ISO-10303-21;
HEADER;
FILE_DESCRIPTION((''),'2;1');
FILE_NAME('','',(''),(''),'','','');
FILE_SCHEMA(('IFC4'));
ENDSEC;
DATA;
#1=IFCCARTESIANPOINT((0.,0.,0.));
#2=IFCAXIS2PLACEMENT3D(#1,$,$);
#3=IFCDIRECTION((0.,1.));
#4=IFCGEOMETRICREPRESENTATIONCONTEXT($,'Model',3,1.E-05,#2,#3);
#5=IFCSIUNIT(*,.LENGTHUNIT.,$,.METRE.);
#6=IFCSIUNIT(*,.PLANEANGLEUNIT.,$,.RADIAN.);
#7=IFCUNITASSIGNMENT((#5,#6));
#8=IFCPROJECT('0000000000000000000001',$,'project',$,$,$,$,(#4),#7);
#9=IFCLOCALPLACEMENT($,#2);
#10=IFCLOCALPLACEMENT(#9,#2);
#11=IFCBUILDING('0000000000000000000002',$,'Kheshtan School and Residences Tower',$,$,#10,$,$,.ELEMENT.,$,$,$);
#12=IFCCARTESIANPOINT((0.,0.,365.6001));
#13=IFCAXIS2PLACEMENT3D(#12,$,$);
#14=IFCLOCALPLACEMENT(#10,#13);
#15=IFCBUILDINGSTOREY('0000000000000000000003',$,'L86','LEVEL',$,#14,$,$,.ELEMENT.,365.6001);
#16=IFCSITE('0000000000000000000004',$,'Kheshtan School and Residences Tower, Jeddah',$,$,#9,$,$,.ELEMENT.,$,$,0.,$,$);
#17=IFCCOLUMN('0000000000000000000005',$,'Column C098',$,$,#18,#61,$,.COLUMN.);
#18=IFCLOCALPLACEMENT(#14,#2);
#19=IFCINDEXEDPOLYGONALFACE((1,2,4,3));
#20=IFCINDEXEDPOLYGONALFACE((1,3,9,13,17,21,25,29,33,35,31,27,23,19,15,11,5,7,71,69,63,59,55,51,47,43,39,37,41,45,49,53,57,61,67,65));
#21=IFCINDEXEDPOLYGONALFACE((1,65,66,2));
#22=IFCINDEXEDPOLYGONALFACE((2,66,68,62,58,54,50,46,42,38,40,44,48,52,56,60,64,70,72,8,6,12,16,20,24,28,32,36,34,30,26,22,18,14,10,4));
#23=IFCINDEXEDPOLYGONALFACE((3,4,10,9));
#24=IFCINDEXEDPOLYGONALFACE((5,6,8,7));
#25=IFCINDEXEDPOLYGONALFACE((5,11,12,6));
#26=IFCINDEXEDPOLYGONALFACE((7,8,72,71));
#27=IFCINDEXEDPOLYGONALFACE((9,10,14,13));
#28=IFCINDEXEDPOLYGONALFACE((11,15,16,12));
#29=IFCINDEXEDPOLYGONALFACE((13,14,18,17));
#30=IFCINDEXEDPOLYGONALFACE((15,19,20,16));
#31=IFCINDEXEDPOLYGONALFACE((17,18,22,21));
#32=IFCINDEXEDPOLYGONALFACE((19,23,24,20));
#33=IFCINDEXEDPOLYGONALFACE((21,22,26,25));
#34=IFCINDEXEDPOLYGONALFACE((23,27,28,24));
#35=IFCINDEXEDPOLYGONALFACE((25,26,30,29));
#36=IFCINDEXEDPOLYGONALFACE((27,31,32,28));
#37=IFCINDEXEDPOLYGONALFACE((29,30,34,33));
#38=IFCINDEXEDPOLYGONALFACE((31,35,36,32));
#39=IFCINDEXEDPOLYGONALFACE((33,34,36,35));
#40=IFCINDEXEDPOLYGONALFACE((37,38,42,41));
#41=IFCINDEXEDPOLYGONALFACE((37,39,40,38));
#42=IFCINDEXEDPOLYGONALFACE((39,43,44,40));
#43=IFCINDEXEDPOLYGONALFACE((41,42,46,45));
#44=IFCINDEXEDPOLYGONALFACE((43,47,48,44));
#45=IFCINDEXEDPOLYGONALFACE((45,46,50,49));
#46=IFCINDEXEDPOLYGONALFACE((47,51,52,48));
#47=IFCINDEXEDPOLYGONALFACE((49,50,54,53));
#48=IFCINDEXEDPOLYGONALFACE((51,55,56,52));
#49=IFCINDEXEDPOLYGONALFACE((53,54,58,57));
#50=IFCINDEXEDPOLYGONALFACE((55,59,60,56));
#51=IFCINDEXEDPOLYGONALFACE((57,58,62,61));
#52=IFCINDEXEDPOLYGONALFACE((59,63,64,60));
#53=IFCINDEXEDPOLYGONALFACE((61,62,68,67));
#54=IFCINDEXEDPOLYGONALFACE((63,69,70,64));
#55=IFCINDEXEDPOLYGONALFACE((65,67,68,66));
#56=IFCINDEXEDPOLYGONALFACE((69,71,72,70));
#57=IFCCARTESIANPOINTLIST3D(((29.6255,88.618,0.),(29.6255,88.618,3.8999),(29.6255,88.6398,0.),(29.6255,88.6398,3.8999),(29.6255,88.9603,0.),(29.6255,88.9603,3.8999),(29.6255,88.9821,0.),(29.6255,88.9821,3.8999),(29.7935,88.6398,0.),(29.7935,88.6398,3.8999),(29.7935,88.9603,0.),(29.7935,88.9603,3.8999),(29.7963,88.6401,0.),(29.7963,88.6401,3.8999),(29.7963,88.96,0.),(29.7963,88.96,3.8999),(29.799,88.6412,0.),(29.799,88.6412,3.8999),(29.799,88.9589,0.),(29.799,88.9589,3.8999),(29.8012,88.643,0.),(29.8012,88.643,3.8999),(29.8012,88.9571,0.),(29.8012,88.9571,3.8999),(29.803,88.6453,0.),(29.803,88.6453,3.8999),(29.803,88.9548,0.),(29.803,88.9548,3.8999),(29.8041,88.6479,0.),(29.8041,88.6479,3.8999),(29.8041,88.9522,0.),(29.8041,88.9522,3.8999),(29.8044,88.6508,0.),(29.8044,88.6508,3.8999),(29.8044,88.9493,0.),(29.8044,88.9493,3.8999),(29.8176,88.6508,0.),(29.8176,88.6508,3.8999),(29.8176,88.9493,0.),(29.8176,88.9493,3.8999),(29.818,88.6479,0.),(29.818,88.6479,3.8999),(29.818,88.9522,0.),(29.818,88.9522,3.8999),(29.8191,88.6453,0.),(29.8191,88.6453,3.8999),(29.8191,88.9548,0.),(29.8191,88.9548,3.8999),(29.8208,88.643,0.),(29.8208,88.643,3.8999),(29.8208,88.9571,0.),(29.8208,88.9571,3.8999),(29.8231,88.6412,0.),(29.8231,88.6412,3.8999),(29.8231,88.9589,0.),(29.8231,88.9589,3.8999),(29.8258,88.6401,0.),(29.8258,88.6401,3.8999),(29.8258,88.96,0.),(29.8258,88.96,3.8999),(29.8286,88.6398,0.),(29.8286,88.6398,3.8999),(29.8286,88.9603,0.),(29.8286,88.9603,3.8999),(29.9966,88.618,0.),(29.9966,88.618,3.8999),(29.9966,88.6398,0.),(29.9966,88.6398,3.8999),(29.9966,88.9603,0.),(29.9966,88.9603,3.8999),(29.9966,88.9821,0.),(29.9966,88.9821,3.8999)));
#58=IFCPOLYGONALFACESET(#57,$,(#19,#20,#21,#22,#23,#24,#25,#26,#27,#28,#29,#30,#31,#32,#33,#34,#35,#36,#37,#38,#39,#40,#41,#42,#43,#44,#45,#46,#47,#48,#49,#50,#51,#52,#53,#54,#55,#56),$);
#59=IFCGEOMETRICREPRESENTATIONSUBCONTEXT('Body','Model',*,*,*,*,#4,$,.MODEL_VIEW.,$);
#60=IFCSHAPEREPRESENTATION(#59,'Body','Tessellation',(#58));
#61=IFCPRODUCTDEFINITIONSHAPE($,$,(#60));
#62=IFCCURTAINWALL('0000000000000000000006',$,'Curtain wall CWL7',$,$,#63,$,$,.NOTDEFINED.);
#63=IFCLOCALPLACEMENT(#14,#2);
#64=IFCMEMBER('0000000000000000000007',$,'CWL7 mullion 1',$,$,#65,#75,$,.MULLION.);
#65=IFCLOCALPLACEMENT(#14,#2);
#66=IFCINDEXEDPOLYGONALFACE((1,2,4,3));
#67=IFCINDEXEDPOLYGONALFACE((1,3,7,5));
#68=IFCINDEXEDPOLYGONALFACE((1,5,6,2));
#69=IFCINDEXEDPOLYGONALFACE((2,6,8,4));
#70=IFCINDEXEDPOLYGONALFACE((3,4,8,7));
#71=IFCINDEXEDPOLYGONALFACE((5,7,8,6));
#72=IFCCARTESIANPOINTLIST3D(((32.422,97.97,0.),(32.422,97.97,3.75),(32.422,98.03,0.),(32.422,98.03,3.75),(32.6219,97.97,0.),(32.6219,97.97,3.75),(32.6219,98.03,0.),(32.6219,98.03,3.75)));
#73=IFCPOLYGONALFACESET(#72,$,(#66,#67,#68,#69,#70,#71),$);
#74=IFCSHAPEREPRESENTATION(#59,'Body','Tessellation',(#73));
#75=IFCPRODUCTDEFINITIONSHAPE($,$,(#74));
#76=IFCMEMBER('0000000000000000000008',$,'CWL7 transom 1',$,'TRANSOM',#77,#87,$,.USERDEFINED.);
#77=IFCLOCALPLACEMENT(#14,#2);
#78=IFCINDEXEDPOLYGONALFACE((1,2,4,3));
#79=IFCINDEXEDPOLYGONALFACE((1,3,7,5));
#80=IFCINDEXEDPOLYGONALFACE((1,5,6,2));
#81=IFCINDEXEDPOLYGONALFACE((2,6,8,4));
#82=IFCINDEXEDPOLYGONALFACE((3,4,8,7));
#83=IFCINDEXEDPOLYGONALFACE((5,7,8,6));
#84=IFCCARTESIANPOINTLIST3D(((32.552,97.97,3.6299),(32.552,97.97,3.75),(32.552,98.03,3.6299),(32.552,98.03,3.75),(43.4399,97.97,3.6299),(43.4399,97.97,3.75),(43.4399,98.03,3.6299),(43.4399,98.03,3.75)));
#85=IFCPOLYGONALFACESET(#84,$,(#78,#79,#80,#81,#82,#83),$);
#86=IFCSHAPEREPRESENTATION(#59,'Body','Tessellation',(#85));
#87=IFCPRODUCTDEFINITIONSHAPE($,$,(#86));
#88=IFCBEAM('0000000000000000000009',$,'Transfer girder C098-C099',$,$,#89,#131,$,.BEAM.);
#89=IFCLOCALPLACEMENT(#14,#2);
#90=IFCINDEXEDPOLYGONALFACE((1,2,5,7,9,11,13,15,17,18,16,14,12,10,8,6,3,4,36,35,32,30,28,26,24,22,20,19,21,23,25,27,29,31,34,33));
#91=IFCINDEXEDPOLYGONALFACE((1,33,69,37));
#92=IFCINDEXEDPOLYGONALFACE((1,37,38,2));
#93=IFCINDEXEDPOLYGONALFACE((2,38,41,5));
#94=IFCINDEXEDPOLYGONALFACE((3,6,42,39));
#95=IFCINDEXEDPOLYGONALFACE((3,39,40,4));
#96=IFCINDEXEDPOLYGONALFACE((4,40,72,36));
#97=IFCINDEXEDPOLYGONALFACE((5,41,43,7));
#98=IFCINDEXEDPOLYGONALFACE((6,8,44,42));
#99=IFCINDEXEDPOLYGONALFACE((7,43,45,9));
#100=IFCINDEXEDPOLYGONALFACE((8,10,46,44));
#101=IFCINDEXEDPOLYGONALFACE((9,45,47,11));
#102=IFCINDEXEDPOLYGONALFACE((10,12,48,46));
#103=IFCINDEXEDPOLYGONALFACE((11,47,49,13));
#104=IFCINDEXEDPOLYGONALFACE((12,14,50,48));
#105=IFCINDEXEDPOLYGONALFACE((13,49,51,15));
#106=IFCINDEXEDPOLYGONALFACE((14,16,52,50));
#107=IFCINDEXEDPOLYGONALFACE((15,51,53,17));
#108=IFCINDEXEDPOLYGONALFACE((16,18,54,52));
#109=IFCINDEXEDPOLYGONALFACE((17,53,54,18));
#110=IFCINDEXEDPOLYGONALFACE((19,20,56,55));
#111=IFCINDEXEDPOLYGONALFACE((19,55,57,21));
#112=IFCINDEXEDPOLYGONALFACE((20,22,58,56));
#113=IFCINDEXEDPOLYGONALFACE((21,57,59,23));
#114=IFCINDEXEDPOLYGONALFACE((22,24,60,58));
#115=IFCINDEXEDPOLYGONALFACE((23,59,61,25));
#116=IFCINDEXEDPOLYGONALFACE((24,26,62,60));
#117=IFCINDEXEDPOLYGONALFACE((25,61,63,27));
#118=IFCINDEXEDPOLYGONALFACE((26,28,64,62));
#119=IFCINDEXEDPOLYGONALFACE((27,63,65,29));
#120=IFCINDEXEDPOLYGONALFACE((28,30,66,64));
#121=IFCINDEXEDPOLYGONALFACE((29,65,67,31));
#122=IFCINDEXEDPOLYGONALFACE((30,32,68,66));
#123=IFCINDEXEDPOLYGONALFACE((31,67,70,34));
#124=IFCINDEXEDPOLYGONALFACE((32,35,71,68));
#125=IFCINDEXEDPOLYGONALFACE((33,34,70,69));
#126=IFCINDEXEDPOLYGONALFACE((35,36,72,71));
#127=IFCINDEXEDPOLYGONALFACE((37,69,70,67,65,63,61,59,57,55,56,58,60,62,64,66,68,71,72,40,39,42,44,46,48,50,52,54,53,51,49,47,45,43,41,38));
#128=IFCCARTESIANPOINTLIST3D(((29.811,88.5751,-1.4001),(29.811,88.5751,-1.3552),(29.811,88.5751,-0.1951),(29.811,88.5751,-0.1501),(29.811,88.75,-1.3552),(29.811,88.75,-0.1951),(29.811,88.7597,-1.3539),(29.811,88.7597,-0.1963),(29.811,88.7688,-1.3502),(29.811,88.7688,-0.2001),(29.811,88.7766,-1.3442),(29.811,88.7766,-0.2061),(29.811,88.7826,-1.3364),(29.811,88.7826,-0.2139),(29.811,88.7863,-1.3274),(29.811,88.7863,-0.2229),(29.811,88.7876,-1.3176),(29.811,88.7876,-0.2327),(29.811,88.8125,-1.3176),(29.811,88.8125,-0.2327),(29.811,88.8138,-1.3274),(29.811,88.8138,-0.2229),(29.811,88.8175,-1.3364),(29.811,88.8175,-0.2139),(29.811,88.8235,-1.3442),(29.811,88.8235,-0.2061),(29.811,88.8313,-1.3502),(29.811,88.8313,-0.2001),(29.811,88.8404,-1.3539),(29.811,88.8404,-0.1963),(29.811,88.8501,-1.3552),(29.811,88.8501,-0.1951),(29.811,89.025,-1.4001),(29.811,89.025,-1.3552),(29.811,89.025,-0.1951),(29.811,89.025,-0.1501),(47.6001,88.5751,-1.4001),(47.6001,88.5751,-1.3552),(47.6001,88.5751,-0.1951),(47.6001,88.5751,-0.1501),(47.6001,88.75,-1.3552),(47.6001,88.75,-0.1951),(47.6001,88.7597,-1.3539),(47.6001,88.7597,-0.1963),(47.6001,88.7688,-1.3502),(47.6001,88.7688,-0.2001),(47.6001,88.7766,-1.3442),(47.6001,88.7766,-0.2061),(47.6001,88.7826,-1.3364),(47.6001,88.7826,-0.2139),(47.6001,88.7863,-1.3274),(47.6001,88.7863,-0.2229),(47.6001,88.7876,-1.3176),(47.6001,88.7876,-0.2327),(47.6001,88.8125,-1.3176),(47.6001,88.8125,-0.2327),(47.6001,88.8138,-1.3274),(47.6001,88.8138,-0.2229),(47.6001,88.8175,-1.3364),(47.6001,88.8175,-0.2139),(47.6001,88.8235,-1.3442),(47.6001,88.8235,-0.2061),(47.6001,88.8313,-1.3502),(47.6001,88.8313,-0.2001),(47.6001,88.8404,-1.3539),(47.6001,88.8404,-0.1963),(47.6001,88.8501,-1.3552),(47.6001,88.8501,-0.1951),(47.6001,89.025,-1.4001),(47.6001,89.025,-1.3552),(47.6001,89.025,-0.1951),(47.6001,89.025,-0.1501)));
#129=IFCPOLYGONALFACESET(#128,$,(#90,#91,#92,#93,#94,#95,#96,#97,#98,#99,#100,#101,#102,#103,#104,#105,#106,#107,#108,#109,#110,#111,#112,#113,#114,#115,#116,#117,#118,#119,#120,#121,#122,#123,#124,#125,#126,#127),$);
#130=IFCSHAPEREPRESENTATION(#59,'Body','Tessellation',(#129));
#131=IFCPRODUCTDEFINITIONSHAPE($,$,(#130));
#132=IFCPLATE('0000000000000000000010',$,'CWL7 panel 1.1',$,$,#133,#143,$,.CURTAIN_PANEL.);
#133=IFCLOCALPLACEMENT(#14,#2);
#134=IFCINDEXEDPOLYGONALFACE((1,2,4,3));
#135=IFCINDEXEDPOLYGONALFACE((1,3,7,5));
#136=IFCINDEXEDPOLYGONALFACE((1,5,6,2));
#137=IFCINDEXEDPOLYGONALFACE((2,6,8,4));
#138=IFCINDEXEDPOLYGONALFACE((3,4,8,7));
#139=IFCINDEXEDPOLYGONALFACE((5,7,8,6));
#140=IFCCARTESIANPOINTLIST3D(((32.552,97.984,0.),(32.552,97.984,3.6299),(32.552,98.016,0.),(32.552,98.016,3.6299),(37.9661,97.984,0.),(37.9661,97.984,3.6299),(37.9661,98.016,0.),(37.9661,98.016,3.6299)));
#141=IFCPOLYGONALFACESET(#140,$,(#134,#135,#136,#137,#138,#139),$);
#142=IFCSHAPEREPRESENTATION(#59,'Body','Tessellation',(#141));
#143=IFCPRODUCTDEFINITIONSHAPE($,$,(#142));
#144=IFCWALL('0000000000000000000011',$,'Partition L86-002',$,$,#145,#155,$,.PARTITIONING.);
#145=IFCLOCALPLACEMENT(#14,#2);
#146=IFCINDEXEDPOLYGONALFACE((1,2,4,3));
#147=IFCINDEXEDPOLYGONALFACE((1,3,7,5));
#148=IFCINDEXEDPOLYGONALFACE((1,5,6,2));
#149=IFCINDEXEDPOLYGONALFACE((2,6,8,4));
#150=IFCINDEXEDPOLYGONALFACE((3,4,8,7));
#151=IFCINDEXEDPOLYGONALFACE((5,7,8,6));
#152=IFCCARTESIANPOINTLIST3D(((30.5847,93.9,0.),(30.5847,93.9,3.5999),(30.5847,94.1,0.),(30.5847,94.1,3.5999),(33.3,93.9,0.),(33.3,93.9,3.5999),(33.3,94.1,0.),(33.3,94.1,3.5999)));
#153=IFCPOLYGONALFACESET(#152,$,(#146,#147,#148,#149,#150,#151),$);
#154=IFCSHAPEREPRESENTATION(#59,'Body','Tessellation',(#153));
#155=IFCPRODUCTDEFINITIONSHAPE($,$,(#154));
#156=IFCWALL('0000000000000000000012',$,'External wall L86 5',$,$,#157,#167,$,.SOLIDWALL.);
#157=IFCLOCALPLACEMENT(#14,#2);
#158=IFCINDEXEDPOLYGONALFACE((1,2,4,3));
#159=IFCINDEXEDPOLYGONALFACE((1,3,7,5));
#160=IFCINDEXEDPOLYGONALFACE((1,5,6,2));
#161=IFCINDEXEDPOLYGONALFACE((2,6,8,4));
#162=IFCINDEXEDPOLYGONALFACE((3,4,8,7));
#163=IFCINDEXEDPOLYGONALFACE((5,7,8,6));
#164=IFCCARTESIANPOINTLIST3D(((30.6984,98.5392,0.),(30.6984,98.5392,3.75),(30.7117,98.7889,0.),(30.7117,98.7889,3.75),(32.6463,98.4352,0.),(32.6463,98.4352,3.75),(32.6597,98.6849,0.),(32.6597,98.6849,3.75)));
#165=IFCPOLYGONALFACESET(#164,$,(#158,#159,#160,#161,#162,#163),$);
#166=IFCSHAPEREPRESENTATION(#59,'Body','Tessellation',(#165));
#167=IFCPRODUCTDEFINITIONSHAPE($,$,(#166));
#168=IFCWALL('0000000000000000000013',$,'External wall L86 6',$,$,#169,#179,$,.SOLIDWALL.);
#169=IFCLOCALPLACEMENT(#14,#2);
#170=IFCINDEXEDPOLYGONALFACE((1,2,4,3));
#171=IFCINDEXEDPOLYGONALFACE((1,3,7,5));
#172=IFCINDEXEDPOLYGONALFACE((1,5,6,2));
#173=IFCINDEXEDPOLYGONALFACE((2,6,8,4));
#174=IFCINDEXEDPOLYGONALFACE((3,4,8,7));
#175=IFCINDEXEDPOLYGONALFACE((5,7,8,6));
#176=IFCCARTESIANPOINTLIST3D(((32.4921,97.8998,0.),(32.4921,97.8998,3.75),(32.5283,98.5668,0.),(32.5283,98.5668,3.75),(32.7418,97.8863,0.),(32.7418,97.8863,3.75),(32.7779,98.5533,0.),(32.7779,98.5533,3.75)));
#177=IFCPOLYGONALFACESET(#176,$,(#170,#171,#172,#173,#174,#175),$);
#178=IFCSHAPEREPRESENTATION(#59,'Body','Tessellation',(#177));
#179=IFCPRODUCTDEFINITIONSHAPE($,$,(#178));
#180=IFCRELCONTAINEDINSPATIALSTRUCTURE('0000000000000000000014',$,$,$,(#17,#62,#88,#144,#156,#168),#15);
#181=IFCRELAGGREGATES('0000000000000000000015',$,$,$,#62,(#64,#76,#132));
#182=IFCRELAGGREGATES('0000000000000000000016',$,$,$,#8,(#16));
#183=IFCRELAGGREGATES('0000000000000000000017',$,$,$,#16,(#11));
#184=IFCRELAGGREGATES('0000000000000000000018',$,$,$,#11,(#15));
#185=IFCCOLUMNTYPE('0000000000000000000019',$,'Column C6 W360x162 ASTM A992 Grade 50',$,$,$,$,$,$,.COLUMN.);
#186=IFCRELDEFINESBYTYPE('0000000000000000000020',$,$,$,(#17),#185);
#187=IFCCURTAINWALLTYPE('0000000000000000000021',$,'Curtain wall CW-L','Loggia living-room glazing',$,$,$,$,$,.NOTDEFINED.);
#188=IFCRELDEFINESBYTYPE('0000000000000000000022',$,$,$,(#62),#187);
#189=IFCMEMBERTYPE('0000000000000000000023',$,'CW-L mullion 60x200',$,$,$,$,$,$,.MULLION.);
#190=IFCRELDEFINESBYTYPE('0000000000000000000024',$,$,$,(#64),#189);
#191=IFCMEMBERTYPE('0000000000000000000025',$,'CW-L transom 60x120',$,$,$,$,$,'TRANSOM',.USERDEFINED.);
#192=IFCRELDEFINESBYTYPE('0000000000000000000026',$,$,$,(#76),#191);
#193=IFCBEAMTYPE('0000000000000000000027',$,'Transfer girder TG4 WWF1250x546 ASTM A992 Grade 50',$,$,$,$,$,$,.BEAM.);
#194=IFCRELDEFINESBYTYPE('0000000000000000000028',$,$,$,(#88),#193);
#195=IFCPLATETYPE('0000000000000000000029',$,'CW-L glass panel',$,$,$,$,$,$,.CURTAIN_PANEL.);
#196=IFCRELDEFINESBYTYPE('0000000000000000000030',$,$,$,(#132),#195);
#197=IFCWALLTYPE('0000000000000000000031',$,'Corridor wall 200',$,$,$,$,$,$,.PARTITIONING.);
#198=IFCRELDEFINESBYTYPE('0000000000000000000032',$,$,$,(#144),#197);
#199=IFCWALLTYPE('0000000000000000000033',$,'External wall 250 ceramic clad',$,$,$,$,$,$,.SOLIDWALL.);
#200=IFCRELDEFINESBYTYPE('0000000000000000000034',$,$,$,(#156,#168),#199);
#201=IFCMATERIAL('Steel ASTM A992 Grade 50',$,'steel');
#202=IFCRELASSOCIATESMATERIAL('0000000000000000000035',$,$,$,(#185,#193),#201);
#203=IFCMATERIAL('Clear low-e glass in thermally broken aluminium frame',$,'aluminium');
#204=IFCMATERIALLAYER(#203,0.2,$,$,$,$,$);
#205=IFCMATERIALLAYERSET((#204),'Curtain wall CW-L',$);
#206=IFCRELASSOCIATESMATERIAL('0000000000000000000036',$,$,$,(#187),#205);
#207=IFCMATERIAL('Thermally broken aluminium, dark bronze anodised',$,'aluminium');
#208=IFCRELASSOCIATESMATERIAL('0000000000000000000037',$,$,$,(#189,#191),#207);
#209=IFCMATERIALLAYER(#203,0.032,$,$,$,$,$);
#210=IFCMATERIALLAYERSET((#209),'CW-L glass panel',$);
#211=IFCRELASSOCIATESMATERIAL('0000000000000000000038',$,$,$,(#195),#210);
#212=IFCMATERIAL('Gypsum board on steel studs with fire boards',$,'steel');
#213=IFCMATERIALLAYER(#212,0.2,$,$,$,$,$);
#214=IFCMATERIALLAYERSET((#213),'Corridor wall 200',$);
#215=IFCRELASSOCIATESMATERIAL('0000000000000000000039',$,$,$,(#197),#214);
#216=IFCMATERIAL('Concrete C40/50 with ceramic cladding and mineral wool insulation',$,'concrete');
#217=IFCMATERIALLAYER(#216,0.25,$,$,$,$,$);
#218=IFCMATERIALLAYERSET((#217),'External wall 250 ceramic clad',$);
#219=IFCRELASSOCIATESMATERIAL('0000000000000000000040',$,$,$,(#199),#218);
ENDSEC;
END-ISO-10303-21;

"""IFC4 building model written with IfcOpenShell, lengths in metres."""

from ifc_helpers import new_model, si_unit, direction, frame, frame_2d, origin, origin_2d, place, context, subcontext, project, spatial, rectangle, i_section, extrude, material, layer, layer_set, material_profile, profile_set, type_object, element, aggregate, save


model = new_model("IFC4")

# Units and contexts
model_context = context("Model", 3, precision=1e-05, world=origin(), true_north=direction((0.0, 1.0)))
body_context = subcontext(model_context, "Body", "Model", "MODEL_VIEW")
ifc_project = project(units=[si_unit("LENGTHUNIT", "METRE"), si_unit("PLANEANGLEUNIT", "RADIAN")], contexts=[model_context])

# Site, building, storey
site_placement = place(None, origin())
site = spatial("IfcSite", under=ifc_project, at=site_placement, Name="Kheshtan School and Residences Tower, Jeddah", CompositionType="ELEMENT", RefElevation=0.0)
building_placement = place(site_placement, origin())
building = spatial("IfcBuilding", under=site, at=building_placement, Name="Kheshtan School and Residences Tower", CompositionType="ELEMENT")
storey_placement = place(building_placement, frame((0.0, 0.0, 365.6001)))
storey = spatial("IfcBuildingStorey", under=building, at=storey_placement, Name="L86", Description="LEVEL", CompositionType="ELEMENT", Elevation=365.6001)

# Column
ifc_material_1 = material(Name="Steel ASTM A992 Grade 50", Category="steel")
ifc_material_profile_1 = material_profile(ifc_material_1, i_section(OverallWidth=0.3711, OverallDepth=0.364, WebThickness=0.0132, FlangeThickness=0.0217, FilletRadius=0.011, at=origin_2d()), Name="W360x162")
ifc_profile_set_1 = profile_set([ifc_material_profile_1], Name="Steel ASTM A992 Grade 50")
column_type = type_object("IfcColumnType", Name="Column C6 W360x162 ASTM A992 Grade 50", PredefinedType="COLUMN", material=ifc_profile_set_1)
column_placement = place(storey_placement, frame((29.811, 88.8, 0.0), z_axis=(0.0, 0.0, 1.0), x_axis=(1.0, 0.0, 0.0)))
element("IfcColumn", 1, at=column_placement, inside=storey, type_object=column_type, Name="Column C098", PredefinedType="COLUMN", context=body_context, shape_type="SweptSolid", body=[
    extrude(i_section(OverallWidth=0.3711, OverallDepth=0.364, WebThickness=0.0132, FlangeThickness=0.0217, FilletRadius=0.011, at=origin_2d()), origin(), (0.0, 0.0, 1.0), 3.8999),
])

# Curtain wall, members
ifc_material_2 = material(Name="Clear low-e glass in thermally broken aluminium frame", Category="aluminium")
ifc_layer_1 = layer(ifc_material_2, 0.2)
ifc_layer_set_1 = layer_set([ifc_layer_1], Name="Curtain wall CW-L")
curtain_wall_type = type_object("IfcCurtainWallType", Name="Curtain wall CW-L", Description="Loggia living-room glazing", PredefinedType="NOTDEFINED", material=ifc_layer_set_1)
curtain_wall_placement = place(storey_placement, origin())
curtain_wall = element("IfcCurtainWall", 2, at=curtain_wall_placement, inside=storey, type_object=curtain_wall_type, Name="Curtain wall CWL7", PredefinedType="NOTDEFINED")
ifc_material_3 = material(Name="Thermally broken aluminium, dark bronze anodised", Category="aluminium")
ifc_material_profile_2 = material_profile(ifc_material_3, rectangle(XDim=0.0601, YDim=0.2, at=origin_2d()), Name="CW-L mullion 60x200")
ifc_profile_set_2 = profile_set([ifc_material_profile_2], Name="Thermally broken aluminium, dark bronze anodised")
member_type_1 = type_object("IfcMemberType", Name="CW-L mullion 60x200", PredefinedType="MULLION", material=ifc_profile_set_2)
member_1_placement = place(storey_placement, frame((32.522, 98.0, 0.0), z_axis=(0.0, 0.0, 1.0), x_axis=(0.0, 1.0, 0.0)))
member_1 = element("IfcMember", 3, at=member_1_placement, type_object=member_type_1, Name="CWL7 mullion 1", PredefinedType="MULLION", context=body_context, shape_type="SweptSolid", body=[
    extrude(rectangle(XDim=0.0601, YDim=0.2, at=origin_2d()), origin(), (0.0, 0.0, 1.0), 3.75),
])
ifc_material_profile_3 = material_profile(ifc_material_3, rectangle(XDim=0.0601, YDim=0.1201, at=origin_2d()), Name="CW-L transom 60x120")
ifc_profile_set_3 = profile_set([ifc_material_profile_3], Name="Thermally broken aluminium, dark bronze anodised")
member_type_2 = type_object("IfcMemberType", Name="CW-L transom 60x120", ElementType="TRANSOM", PredefinedType="USERDEFINED", material=ifc_profile_set_3)
member_2_placement = place(storey_placement, frame((32.552, 98.0, 3.6899), z_axis=(1.0, 0.0, 0.0), x_axis=(0.0, 1.0, 0.0)))
member_2 = element("IfcMember", 4, at=member_2_placement, type_object=member_type_2, Name="CWL7 transom 1", ObjectType="TRANSOM", PredefinedType="USERDEFINED", context=body_context, shape_type="SweptSolid", body=[
    extrude(rectangle(XDim=0.0601, YDim=0.1201, at=origin_2d()), origin(), (0.0, 0.0, 1.0), 10.8879),
])

# Beam
ifc_material_profile_4 = material_profile(ifc_material_1, i_section(OverallWidth=0.45, OverallDepth=1.25, WebThickness=0.0249, FlangeThickness=0.0449, FilletRadius=0.0376, at=origin_2d()), Name="WWF1250x546")
ifc_profile_set_4 = profile_set([ifc_material_profile_4], Name="Steel ASTM A992 Grade 50")
beam_type = type_object("IfcBeamType", Name="Transfer girder TG4 WWF1250x546 ASTM A992 Grade 50", PredefinedType="BEAM", material=ifc_profile_set_4)
beam_placement = place(storey_placement, frame((29.811, 88.8, -0.7751), z_axis=(1.0, 0.0, 0.0), x_axis=(0.0, 1.0, 0.0)))
element("IfcBeam", 5, at=beam_placement, inside=storey, type_object=beam_type, Name="Transfer girder C098-C099", PredefinedType="BEAM", context=body_context, shape_type="SweptSolid", body=[
    extrude(i_section(OverallWidth=0.45, OverallDepth=1.25, WebThickness=0.0249, FlangeThickness=0.0449, FilletRadius=0.0376, at=origin_2d()), origin(), (0.0, 0.0, 1.0), 17.7891),
])

# Plate
ifc_layer_2 = layer(ifc_material_2, 0.032)
ifc_layer_set_2 = layer_set([ifc_layer_2], Name="CW-L glass panel")
plate_type = type_object("IfcPlateType", Name="CW-L glass panel", PredefinedType="CURTAIN_PANEL", material=ifc_layer_set_2)
plate_placement = place(storey_placement, frame((35.259, 98.0, 0.0), z_axis=(0.0, 0.0, 1.0), x_axis=(1.0, 0.0, 0.0)))
plate = element("IfcPlate", 6, at=plate_placement, type_object=plate_type, Name="CWL7 panel 1.1", PredefinedType="CURTAIN_PANEL", context=body_context, shape_type="SweptSolid", body=[
    extrude(rectangle(XDim=5.4141, YDim=0.032, at=origin_2d()), origin(), (0.0, 0.0, 1.0), 3.6299),
])
aggregate(curtain_wall, [member_1, member_2, plate])

# Walls
ifc_material_4 = material(Name="Gypsum board on steel studs with fire boards", Category="steel")
ifc_layer_3 = layer(ifc_material_4, 0.2)
ifc_layer_set_3 = layer_set([ifc_layer_3], Name="Corridor wall 200")
wall_type_1 = type_object("IfcWallType", Name="Corridor wall 200", PredefinedType="PARTITIONING", material=ifc_layer_set_3)
wall_1_placement = place(storey_placement, frame((30.5847, 94.0, 0.0), z_axis=(0.0, 0.0, 1.0), x_axis=(1.0, 0.0, 0.0)))
element("IfcWall", 7, at=wall_1_placement, inside=storey, type_object=wall_type_1, Name="Partition L86-002", PredefinedType="PARTITIONING", context=body_context, shape_type="SweptSolid", body=[
    extrude(rectangle(XDim=2.7153, YDim=0.2, at=frame_2d((1.3577, 0.0))), origin(), (0.0, 0.0, 1.0), 3.5999),
])
ifc_material_5 = material(Name="Concrete C40/50 with ceramic cladding and mineral wool insulation", Category="concrete")
ifc_layer_4 = layer(ifc_material_5, 0.25)
ifc_layer_set_4 = layer_set([ifc_layer_4], Name="External wall 250 ceramic clad")
wall_type_2 = type_object("IfcWallType", Name="External wall 250 ceramic clad", PredefinedType="SOLIDWALL", material=ifc_layer_set_4)
wall_2_placement = place(storey_placement, frame((30.7051, 98.6641, 0.0), z_axis=(0.0, 0.0, 1.0), x_axis=(0.998578, -0.053314, 0.0)))
element("IfcWall", 8, at=wall_2_placement, inside=storey, type_object=wall_type_2, Name="External wall L86 5", PredefinedType="SOLIDWALL", context=body_context, shape_type="SweptSolid", body=[
    extrude(rectangle(XDim=1.9507, YDim=0.25, at=frame_2d((0.9753, 0.0))), origin(), (0.0, 0.0, 1.0), 3.75),
])
wall_3_placement = place(storey_placement, frame((32.6531, 98.5601, 0.0), z_axis=(0.0, 0.0, 1.0), x_axis=(-0.054093, -0.998536, 0.0)))
element("IfcWall", 9, at=wall_3_placement, inside=storey, type_object=wall_type_2, Name="External wall L86 6", PredefinedType="SOLIDWALL", context=body_context, shape_type="SweptSolid", body=[
    extrude(rectangle(XDim=0.668, YDim=0.25, at=frame_2d((0.334, 0.0))), origin(), (0.0, 0.0, 1.0), 3.75),
])

save(model, "model.ifc")
